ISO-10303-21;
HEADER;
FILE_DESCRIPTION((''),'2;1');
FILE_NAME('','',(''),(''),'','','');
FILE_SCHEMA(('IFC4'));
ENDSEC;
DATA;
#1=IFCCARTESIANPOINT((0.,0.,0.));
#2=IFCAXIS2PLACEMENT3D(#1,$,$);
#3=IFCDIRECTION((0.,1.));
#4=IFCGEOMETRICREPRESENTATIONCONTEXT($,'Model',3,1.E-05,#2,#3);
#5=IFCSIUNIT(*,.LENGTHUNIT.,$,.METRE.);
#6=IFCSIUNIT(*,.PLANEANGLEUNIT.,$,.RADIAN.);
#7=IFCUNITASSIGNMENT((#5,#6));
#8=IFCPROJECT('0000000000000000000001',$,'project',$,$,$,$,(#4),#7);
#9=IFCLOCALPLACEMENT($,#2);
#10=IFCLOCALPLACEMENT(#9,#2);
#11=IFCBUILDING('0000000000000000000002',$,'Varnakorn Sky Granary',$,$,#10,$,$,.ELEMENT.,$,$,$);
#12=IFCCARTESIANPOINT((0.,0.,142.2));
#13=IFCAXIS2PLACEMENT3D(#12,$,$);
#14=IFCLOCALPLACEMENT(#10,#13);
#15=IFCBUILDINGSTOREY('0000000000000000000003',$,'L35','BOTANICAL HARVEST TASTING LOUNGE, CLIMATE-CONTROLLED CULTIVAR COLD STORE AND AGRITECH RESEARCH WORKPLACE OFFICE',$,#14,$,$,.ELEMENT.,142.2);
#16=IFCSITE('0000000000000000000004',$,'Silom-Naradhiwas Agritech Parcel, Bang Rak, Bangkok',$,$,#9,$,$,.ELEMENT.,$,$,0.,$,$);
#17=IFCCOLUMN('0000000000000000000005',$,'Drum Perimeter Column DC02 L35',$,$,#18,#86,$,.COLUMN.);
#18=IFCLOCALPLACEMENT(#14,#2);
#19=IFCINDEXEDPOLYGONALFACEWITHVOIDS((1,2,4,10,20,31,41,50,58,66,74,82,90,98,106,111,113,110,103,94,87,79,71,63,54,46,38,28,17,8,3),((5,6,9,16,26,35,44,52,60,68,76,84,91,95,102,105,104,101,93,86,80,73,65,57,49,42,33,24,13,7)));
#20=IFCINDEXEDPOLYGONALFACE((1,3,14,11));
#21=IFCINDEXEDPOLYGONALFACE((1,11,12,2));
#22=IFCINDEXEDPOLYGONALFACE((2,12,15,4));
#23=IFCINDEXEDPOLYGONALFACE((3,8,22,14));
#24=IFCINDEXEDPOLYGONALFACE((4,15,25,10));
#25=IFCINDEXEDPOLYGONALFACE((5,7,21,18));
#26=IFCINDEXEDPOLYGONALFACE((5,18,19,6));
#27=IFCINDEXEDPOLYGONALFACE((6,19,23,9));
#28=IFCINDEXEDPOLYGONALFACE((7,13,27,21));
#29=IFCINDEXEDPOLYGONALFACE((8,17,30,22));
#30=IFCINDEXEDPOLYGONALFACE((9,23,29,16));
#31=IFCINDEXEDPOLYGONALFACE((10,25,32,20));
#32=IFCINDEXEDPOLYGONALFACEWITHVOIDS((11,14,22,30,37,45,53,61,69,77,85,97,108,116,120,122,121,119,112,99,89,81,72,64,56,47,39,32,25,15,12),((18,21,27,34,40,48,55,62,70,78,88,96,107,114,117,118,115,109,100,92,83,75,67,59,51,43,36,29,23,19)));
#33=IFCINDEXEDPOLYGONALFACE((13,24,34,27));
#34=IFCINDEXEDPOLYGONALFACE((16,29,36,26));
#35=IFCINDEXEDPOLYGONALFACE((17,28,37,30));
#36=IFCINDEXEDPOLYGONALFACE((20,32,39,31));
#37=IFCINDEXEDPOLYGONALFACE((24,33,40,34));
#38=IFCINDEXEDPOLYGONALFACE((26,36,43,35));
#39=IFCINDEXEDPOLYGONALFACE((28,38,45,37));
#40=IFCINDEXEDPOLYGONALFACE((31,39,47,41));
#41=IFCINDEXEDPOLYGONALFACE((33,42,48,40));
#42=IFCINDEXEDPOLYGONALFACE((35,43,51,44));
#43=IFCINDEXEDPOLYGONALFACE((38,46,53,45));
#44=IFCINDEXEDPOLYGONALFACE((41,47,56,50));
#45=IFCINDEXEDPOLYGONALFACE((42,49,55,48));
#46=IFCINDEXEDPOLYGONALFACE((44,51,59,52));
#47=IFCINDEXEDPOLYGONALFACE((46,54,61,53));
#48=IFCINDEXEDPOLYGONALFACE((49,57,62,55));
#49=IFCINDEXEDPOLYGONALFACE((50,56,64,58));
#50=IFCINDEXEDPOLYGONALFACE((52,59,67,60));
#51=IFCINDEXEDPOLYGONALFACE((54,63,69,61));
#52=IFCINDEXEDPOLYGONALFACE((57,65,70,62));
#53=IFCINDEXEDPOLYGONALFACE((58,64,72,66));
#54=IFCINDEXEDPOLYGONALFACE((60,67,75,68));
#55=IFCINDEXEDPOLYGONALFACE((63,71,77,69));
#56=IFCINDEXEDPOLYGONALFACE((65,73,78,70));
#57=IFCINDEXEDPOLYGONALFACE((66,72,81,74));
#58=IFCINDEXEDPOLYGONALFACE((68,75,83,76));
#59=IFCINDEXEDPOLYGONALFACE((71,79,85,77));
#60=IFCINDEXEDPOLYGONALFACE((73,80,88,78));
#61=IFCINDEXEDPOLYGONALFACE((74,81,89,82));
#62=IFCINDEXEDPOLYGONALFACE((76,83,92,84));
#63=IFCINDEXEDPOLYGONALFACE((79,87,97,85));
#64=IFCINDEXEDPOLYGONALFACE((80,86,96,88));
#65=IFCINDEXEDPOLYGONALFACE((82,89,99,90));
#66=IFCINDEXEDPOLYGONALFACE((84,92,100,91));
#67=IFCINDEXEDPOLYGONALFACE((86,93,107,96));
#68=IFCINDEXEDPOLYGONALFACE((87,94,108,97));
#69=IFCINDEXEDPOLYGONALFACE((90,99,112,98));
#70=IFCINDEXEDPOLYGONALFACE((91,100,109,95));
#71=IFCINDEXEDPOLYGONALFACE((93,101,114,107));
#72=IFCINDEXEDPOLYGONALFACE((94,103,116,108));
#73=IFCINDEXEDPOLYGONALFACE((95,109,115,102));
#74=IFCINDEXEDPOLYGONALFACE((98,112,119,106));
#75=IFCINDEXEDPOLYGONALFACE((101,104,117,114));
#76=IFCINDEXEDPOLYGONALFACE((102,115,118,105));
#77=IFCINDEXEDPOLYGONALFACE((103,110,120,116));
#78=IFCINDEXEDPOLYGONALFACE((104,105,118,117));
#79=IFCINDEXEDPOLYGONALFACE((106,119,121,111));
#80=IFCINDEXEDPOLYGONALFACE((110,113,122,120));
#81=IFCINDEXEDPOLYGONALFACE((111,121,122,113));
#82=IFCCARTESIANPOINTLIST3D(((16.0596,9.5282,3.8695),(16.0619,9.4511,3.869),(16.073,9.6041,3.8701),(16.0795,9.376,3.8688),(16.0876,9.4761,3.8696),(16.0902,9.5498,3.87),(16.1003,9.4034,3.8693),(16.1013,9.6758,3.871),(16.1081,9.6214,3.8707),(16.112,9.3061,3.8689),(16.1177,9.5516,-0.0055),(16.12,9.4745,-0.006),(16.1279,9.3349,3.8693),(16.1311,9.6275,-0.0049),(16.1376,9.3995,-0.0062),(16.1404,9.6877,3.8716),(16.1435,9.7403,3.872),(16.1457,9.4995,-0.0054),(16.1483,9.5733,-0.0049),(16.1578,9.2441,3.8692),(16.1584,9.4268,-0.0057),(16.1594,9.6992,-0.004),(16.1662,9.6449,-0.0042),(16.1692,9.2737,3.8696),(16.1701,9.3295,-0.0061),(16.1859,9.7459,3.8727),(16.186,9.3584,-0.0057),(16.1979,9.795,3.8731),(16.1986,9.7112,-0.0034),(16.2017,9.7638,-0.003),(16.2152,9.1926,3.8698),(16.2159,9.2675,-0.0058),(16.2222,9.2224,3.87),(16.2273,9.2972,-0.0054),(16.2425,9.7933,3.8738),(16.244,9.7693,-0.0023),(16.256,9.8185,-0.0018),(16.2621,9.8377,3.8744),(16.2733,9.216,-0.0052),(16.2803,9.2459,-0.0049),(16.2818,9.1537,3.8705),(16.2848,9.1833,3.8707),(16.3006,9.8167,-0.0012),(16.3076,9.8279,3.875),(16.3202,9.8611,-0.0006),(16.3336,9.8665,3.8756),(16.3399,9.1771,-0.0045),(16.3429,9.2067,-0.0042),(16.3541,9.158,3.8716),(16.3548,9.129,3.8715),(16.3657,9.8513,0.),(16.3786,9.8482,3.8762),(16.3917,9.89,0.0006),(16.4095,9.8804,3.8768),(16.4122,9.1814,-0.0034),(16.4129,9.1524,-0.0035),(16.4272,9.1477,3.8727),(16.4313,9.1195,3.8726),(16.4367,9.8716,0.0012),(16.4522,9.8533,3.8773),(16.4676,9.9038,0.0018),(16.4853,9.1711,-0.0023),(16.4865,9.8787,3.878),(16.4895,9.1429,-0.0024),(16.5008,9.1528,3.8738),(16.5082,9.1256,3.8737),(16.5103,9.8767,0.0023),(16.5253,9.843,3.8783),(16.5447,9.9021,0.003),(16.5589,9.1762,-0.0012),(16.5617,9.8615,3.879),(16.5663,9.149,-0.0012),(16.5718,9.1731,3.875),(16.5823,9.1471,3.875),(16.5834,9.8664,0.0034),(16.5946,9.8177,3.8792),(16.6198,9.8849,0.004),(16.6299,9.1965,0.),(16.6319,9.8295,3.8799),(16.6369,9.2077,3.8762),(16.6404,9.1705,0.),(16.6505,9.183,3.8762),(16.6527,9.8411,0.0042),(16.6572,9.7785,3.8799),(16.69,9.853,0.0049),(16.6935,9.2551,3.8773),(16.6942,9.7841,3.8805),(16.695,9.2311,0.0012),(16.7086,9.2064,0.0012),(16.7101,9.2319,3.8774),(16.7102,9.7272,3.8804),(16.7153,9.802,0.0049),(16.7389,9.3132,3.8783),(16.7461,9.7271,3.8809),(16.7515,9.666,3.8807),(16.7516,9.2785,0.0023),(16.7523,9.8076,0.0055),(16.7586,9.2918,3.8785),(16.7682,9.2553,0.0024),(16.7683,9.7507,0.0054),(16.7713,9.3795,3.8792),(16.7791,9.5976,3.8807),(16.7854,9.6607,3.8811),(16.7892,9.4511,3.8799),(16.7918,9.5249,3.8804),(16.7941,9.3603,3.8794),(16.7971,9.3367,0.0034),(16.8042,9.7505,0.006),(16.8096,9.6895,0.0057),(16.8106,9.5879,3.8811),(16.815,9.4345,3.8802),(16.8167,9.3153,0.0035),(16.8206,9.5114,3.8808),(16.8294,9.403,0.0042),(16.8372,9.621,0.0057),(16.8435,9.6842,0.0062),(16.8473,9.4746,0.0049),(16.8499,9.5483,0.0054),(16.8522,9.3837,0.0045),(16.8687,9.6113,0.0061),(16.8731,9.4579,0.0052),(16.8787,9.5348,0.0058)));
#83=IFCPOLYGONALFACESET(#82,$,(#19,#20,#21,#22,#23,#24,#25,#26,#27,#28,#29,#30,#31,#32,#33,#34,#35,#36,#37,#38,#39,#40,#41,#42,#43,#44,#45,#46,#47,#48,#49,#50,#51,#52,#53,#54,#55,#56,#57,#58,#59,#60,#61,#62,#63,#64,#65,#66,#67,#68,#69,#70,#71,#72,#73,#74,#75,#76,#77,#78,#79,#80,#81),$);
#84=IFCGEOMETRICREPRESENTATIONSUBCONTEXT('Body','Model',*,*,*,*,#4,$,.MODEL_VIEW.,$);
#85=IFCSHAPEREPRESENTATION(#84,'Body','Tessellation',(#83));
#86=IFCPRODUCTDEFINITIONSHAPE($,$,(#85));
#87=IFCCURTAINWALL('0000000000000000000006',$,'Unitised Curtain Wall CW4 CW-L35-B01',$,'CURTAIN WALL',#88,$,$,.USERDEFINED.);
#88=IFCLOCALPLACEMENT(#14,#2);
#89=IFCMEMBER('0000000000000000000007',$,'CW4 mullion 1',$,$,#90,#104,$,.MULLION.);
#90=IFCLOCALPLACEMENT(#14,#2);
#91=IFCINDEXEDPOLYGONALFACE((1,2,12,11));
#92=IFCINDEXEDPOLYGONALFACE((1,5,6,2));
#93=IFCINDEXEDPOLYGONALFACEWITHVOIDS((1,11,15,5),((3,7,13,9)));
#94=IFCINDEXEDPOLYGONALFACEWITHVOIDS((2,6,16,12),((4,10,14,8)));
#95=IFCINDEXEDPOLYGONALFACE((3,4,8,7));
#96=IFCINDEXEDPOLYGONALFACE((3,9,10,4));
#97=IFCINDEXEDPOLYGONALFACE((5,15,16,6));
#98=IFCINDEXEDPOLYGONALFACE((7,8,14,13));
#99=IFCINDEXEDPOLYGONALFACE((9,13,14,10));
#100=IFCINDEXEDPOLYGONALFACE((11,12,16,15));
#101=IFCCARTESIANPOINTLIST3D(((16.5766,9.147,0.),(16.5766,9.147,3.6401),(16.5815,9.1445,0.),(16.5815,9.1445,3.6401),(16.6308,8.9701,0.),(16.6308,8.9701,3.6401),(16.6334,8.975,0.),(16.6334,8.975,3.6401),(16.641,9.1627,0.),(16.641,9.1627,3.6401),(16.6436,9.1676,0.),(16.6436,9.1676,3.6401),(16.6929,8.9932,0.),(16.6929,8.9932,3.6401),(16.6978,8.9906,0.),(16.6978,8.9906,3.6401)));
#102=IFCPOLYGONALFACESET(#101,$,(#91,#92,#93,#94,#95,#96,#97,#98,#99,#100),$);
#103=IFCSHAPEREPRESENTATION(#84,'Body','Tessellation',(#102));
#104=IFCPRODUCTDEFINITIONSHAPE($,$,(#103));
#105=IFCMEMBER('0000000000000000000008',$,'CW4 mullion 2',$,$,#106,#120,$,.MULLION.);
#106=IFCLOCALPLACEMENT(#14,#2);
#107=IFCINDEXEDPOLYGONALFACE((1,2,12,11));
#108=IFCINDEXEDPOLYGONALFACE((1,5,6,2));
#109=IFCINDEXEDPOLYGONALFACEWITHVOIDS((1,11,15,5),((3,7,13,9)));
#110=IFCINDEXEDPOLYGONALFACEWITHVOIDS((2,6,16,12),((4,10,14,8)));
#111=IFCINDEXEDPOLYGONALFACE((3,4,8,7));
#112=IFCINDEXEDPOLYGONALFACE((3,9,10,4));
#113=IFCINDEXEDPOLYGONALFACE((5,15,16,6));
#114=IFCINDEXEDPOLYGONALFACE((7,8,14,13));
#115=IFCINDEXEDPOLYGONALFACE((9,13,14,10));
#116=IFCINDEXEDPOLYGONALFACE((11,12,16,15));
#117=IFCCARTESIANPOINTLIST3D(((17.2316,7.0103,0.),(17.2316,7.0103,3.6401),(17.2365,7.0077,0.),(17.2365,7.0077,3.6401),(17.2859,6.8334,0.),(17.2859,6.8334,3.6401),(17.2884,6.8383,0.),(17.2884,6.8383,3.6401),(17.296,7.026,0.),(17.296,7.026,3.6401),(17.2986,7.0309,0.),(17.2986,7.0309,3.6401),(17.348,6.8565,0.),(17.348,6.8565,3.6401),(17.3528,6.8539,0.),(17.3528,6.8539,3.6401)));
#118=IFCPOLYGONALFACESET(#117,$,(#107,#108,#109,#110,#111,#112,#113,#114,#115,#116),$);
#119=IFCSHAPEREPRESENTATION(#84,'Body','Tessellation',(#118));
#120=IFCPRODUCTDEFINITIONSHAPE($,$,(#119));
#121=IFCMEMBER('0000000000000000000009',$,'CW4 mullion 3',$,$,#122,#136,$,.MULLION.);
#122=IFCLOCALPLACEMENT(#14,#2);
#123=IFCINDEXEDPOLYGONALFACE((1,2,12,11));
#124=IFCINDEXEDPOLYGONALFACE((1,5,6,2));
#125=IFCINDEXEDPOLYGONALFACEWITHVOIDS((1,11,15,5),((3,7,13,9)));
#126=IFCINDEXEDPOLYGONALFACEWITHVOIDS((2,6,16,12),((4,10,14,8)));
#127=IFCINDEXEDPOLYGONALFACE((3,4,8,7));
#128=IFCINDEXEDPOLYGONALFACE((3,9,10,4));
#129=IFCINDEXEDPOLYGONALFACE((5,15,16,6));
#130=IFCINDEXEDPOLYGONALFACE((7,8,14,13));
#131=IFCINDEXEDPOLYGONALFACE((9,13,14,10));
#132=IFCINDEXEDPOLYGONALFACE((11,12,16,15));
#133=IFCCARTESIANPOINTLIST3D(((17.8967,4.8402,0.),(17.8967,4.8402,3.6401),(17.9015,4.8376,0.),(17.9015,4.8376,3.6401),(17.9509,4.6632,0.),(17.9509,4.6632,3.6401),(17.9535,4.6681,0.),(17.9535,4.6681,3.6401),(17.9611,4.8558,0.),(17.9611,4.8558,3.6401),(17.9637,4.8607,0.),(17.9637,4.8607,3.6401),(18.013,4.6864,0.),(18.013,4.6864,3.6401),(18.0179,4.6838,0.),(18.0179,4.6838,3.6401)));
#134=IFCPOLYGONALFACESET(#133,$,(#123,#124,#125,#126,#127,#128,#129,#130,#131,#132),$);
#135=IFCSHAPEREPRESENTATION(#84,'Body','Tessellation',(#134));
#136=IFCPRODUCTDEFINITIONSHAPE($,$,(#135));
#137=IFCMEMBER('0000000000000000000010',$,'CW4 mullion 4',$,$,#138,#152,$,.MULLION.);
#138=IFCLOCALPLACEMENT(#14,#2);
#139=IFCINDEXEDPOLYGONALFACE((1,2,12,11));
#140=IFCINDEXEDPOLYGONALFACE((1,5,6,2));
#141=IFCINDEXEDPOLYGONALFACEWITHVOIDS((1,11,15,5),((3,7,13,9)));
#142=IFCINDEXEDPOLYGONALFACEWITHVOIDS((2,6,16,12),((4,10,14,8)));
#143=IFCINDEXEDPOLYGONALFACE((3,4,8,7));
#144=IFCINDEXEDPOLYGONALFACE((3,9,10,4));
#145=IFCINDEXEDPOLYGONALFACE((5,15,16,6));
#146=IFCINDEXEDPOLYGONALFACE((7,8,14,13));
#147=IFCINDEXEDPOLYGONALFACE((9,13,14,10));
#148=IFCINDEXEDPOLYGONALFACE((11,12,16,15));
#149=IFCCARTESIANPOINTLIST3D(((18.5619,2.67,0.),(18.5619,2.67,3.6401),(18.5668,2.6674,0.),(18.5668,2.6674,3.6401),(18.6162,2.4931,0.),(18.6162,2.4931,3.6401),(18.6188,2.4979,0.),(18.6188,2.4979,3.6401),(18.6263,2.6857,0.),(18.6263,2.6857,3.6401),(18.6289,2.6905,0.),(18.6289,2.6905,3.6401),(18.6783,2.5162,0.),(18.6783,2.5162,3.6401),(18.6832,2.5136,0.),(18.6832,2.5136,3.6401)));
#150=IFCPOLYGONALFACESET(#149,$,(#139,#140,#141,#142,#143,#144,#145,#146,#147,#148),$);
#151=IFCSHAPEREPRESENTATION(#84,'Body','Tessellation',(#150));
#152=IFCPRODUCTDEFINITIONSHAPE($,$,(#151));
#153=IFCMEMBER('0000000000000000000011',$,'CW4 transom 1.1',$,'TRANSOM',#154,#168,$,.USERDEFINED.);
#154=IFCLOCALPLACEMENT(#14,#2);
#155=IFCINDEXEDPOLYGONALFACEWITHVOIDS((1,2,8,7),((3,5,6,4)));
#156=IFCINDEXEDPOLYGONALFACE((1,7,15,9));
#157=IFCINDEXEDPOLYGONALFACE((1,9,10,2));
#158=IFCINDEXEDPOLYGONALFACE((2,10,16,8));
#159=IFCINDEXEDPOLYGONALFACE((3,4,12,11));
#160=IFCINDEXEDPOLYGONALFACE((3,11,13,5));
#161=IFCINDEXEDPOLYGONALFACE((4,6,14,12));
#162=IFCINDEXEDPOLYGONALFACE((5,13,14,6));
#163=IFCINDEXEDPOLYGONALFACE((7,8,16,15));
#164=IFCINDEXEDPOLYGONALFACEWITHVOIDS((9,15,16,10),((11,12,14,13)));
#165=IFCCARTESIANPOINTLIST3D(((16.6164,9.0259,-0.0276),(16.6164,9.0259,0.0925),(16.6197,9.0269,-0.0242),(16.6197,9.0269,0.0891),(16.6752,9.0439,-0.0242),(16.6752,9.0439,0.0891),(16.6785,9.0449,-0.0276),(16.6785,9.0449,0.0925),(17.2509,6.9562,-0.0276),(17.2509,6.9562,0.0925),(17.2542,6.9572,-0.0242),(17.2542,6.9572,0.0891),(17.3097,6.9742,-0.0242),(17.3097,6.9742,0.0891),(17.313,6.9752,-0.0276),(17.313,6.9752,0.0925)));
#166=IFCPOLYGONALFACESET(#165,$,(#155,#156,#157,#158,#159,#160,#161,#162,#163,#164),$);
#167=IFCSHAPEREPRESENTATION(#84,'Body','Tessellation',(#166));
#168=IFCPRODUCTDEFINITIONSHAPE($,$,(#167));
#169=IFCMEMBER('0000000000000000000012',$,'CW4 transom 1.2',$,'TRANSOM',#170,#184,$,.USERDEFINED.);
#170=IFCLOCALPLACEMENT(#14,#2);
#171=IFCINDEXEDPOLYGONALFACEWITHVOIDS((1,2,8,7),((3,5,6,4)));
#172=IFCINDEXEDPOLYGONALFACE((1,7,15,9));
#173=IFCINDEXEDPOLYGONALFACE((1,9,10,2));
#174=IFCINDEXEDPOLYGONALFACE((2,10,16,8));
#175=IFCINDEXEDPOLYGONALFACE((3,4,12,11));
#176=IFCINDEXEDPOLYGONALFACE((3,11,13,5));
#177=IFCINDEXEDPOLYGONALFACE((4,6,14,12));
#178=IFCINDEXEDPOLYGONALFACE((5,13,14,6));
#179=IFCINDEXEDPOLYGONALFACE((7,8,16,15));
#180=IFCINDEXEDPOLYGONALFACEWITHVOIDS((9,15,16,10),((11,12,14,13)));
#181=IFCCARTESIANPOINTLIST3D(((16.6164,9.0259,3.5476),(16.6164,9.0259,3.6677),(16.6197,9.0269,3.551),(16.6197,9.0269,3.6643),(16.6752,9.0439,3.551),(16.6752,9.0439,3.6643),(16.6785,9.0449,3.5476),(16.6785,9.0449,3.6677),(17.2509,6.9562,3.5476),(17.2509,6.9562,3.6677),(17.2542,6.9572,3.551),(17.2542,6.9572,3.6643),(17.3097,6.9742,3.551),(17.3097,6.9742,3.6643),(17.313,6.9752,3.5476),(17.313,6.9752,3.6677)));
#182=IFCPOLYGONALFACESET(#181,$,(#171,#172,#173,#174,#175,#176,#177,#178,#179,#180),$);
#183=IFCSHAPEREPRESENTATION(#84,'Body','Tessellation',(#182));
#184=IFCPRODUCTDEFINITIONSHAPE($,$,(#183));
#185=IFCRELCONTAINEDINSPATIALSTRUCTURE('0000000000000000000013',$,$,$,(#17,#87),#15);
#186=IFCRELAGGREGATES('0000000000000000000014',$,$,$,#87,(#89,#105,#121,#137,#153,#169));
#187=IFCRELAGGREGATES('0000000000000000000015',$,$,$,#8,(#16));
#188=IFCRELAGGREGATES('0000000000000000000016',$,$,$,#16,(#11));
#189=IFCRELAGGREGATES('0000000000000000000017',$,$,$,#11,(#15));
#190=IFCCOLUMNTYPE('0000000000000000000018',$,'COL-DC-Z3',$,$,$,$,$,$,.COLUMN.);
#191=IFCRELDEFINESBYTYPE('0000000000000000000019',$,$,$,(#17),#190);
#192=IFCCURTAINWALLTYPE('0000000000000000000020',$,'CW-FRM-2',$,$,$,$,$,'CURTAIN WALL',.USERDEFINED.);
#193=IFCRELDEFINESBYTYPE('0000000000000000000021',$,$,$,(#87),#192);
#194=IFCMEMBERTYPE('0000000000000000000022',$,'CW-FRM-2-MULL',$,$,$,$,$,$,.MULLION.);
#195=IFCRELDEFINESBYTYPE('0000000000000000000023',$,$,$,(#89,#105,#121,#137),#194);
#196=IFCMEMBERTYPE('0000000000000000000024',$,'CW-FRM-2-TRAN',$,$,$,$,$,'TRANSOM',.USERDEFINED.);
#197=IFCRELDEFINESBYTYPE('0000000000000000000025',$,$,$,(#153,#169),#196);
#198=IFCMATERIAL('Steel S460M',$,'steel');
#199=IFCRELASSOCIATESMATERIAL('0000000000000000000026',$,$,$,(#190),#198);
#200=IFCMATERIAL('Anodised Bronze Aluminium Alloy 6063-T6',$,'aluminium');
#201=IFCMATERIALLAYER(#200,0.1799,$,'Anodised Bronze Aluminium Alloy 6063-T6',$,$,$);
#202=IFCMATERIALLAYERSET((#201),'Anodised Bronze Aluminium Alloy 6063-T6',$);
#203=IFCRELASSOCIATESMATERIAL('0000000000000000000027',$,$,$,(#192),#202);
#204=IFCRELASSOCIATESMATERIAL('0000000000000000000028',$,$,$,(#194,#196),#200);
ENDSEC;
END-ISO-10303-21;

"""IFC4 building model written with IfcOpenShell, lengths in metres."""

from ifc_helpers import new_model, si_unit, direction, frame, origin, origin_2d, place, context, subcontext, project, spatial, hollow_rectangle, hollow_circle, extrude, material, layer, layer_set, material_profile, profile_set, type_object, element, aggregate, save


model = new_model("IFC4")

# Units and contexts
model_context = context("Model", 3, precision=1e-05, world=origin(), true_north=direction((0.0, 1.0)))
body_context = subcontext(model_context, "Body", "Model", "MODEL_VIEW")
ifc_project = project(units=[si_unit("LENGTHUNIT", "METRE"), si_unit("PLANEANGLEUNIT", "RADIAN")], contexts=[model_context])

# Site, building, storey
site_placement = place(None, origin())
site = spatial("IfcSite", under=ifc_project, at=site_placement, Name="Silom-Naradhiwas Agritech Parcel, Bang Rak, Bangkok", CompositionType="ELEMENT", RefElevation=0.0)
building_placement = place(site_placement, origin())
building = spatial("IfcBuilding", under=site, at=building_placement, Name="Varnakorn Sky Granary", CompositionType="ELEMENT")
storey_placement = place(building_placement, frame((0.0, 0.0, 142.2)))
storey = spatial("IfcBuildingStorey", under=building, at=storey_placement, Name="L35", Description="BOTANICAL HARVEST TASTING LOUNGE, CLIMATE-CONTROLLED CULTIVAR COLD STORE AND AGRITECH RESEARCH WORKPLACE OFFICE", CompositionType="ELEMENT", Elevation=142.2)

# Column
ifc_material_1 = material(Name="Steel S460M", Category="steel")
ifc_material_profile_1 = material_profile(ifc_material_1, hollow_circle(Radius=0.3811, WallThickness=0.0281, at=origin_2d()), Name="CHS 762x28")
ifc_profile_set_1 = profile_set([ifc_material_profile_1], Name="Steel S460M")
column_type = type_object("IfcColumnType", Name="COL-DC-Z3", PredefinedType="COLUMN", material=ifc_profile_set_1)
column_placement = place(storey_placement, frame((16.4978, 9.5239, 0.0), z_axis=(-0.014993, -0.006048, 0.999869), x_axis=(0.374076, -0.927398, 0.0)))
element("IfcColumn", 1, at=column_placement, inside=storey, type_object=column_type, Name="Drum Perimeter Column DC02 L35", PredefinedType="COLUMN", context=body_context, shape_type="SweptSolid", body=[
    extrude(hollow_circle(Radius=0.3811, WallThickness=0.0281, at=origin_2d()), origin(), (0.0, 0.0, 1.0), 3.8755),
])

# Curtain wall, members
ifc_material_2 = material(Name="Anodised Bronze Aluminium Alloy 6063-T6", Category="aluminium")
ifc_layer_1 = layer(ifc_material_2, 0.1799, Name="Anodised Bronze Aluminium Alloy 6063-T6")
ifc_layer_set_1 = layer_set([ifc_layer_1], Name="Anodised Bronze Aluminium Alloy 6063-T6")
curtain_wall_type = type_object("IfcCurtainWallType", Name="CW-FRM-2", ElementType="CURTAIN WALL", PredefinedType="USERDEFINED", material=ifc_layer_set_1)
curtain_wall_placement = place(storey_placement, origin())
curtain_wall = element("IfcCurtainWall", 2, at=curtain_wall_placement, inside=storey, type_object=curtain_wall_type, Name="Unitised Curtain Wall CW4 CW-L35-B01", ObjectType="CURTAIN WALL", PredefinedType="USERDEFINED")
ifc_material_profile_2 = material_profile(ifc_material_2, hollow_rectangle(XDim=0.0701, YDim=0.1851, WallThickness=0.0039, at=origin_2d()), Name="ALU MULL 70x185")
ifc_profile_set_2 = profile_set([ifc_material_profile_2], Name="Anodised Bronze Aluminium Alloy 6063-T6")
member_type_1 = type_object("IfcMemberType", Name="CW-FRM-2-MULL", PredefinedType="MULLION", material=ifc_profile_set_2)
member_1_placement = place(storey_placement, frame((16.6372, 9.0688, 0.0), z_axis=(0.0, 0.0, 1.0), x_axis=(0.956092, 0.293068, 0.0)))
member_1 = element("IfcMember", 3, at=member_1_placement, type_object=member_type_1, Name="CW4 mullion 1", PredefinedType="MULLION", context=body_context, shape_type="SweptSolid", body=[
    extrude(hollow_rectangle(XDim=0.0701, YDim=0.1851, WallThickness=0.0039, at=origin_2d()), origin(), (0.0, 0.0, 1.0), 3.6401),
])
member_2_placement = place(storey_placement, frame((17.2922, 6.9321, 0.0), z_axis=(0.0, 0.0, 1.0), x_axis=(0.956092, 0.293068, 0.0)))
member_2 = element("IfcMember", 4, at=member_2_placement, type_object=member_type_1, Name="CW4 mullion 2", PredefinedType="MULLION", context=body_context, shape_type="SweptSolid", body=[
    extrude(hollow_rectangle(XDim=0.0701, YDim=0.1851, WallThickness=0.0039, at=origin_2d()), origin(), (0.0, 0.0, 1.0), 3.6401),
])
member_3_placement = place(storey_placement, frame((17.9573, 4.762, 0.0), z_axis=(0.0, 0.0, 1.0), x_axis=(0.956092, 0.293068, 0.0)))
member_3 = element("IfcMember", 5, at=member_3_placement, type_object=member_type_1, Name="CW4 mullion 3", PredefinedType="MULLION", context=body_context, shape_type="SweptSolid", body=[
    extrude(hollow_rectangle(XDim=0.0701, YDim=0.1851, WallThickness=0.0039, at=origin_2d()), origin(), (0.0, 0.0, 1.0), 3.6401),
])
member_4_placement = place(storey_placement, frame((18.6226, 2.5918, 0.0), z_axis=(0.0, 0.0, 1.0), x_axis=(0.956092, 0.293068, 0.0)))
member_4 = element("IfcMember", 6, at=member_4_placement, type_object=member_type_1, Name="CW4 mullion 4", PredefinedType="MULLION", context=body_context, shape_type="SweptSolid", body=[
    extrude(hollow_rectangle(XDim=0.0701, YDim=0.1851, WallThickness=0.0039, at=origin_2d()), origin(), (0.0, 0.0, 1.0), 3.6401),
])
ifc_material_profile_3 = material_profile(ifc_material_2, hollow_rectangle(XDim=0.0649, YDim=0.1201, WallThickness=0.0034, at=origin_2d()), Name="ALU TRAN 65x120")
ifc_profile_set_3 = profile_set([ifc_material_profile_3], Name="Anodised Bronze Aluminium Alloy 6063-T6")
member_type_2 = type_object("IfcMemberType", Name="CW-FRM-2-TRAN", ElementType="TRANSOM", PredefinedType="USERDEFINED", material=ifc_profile_set_3)
member_5_placement = place(storey_placement, frame((16.6475, 9.0354, 0.0325), z_axis=(0.293095, -0.956083, 0.0), x_axis=(0.956083, 0.293095, 0.0)))
member_5 = element("IfcMember", 7, at=member_5_placement, type_object=member_type_2, Name="CW4 transom 1.1", ObjectType="TRANSOM", PredefinedType="USERDEFINED", context=body_context, shape_type="SweptSolid", body=[
    extrude(hollow_rectangle(XDim=0.0649, YDim=0.1201, WallThickness=0.0034, at=origin_2d()), origin(), (0.0, 0.0, 1.0), 2.1648),
])
member_6_placement = place(storey_placement, frame((16.6475, 9.0354, 3.6077), z_axis=(0.293095, -0.956083, 0.0), x_axis=(0.956083, 0.293095, 0.0)))
member_6 = element("IfcMember", 8, at=member_6_placement, type_object=member_type_2, Name="CW4 transom 1.2", ObjectType="TRANSOM", PredefinedType="USERDEFINED", context=body_context, shape_type="SweptSolid", body=[
    extrude(hollow_rectangle(XDim=0.0649, YDim=0.1201, WallThickness=0.0034, at=origin_2d()), origin(), (0.0, 0.0, 1.0), 2.1648),
])

aggregate(curtain_wall, [member_1, member_2, member_3, member_4, member_5, member_6])

save(model, "model.ifc")
